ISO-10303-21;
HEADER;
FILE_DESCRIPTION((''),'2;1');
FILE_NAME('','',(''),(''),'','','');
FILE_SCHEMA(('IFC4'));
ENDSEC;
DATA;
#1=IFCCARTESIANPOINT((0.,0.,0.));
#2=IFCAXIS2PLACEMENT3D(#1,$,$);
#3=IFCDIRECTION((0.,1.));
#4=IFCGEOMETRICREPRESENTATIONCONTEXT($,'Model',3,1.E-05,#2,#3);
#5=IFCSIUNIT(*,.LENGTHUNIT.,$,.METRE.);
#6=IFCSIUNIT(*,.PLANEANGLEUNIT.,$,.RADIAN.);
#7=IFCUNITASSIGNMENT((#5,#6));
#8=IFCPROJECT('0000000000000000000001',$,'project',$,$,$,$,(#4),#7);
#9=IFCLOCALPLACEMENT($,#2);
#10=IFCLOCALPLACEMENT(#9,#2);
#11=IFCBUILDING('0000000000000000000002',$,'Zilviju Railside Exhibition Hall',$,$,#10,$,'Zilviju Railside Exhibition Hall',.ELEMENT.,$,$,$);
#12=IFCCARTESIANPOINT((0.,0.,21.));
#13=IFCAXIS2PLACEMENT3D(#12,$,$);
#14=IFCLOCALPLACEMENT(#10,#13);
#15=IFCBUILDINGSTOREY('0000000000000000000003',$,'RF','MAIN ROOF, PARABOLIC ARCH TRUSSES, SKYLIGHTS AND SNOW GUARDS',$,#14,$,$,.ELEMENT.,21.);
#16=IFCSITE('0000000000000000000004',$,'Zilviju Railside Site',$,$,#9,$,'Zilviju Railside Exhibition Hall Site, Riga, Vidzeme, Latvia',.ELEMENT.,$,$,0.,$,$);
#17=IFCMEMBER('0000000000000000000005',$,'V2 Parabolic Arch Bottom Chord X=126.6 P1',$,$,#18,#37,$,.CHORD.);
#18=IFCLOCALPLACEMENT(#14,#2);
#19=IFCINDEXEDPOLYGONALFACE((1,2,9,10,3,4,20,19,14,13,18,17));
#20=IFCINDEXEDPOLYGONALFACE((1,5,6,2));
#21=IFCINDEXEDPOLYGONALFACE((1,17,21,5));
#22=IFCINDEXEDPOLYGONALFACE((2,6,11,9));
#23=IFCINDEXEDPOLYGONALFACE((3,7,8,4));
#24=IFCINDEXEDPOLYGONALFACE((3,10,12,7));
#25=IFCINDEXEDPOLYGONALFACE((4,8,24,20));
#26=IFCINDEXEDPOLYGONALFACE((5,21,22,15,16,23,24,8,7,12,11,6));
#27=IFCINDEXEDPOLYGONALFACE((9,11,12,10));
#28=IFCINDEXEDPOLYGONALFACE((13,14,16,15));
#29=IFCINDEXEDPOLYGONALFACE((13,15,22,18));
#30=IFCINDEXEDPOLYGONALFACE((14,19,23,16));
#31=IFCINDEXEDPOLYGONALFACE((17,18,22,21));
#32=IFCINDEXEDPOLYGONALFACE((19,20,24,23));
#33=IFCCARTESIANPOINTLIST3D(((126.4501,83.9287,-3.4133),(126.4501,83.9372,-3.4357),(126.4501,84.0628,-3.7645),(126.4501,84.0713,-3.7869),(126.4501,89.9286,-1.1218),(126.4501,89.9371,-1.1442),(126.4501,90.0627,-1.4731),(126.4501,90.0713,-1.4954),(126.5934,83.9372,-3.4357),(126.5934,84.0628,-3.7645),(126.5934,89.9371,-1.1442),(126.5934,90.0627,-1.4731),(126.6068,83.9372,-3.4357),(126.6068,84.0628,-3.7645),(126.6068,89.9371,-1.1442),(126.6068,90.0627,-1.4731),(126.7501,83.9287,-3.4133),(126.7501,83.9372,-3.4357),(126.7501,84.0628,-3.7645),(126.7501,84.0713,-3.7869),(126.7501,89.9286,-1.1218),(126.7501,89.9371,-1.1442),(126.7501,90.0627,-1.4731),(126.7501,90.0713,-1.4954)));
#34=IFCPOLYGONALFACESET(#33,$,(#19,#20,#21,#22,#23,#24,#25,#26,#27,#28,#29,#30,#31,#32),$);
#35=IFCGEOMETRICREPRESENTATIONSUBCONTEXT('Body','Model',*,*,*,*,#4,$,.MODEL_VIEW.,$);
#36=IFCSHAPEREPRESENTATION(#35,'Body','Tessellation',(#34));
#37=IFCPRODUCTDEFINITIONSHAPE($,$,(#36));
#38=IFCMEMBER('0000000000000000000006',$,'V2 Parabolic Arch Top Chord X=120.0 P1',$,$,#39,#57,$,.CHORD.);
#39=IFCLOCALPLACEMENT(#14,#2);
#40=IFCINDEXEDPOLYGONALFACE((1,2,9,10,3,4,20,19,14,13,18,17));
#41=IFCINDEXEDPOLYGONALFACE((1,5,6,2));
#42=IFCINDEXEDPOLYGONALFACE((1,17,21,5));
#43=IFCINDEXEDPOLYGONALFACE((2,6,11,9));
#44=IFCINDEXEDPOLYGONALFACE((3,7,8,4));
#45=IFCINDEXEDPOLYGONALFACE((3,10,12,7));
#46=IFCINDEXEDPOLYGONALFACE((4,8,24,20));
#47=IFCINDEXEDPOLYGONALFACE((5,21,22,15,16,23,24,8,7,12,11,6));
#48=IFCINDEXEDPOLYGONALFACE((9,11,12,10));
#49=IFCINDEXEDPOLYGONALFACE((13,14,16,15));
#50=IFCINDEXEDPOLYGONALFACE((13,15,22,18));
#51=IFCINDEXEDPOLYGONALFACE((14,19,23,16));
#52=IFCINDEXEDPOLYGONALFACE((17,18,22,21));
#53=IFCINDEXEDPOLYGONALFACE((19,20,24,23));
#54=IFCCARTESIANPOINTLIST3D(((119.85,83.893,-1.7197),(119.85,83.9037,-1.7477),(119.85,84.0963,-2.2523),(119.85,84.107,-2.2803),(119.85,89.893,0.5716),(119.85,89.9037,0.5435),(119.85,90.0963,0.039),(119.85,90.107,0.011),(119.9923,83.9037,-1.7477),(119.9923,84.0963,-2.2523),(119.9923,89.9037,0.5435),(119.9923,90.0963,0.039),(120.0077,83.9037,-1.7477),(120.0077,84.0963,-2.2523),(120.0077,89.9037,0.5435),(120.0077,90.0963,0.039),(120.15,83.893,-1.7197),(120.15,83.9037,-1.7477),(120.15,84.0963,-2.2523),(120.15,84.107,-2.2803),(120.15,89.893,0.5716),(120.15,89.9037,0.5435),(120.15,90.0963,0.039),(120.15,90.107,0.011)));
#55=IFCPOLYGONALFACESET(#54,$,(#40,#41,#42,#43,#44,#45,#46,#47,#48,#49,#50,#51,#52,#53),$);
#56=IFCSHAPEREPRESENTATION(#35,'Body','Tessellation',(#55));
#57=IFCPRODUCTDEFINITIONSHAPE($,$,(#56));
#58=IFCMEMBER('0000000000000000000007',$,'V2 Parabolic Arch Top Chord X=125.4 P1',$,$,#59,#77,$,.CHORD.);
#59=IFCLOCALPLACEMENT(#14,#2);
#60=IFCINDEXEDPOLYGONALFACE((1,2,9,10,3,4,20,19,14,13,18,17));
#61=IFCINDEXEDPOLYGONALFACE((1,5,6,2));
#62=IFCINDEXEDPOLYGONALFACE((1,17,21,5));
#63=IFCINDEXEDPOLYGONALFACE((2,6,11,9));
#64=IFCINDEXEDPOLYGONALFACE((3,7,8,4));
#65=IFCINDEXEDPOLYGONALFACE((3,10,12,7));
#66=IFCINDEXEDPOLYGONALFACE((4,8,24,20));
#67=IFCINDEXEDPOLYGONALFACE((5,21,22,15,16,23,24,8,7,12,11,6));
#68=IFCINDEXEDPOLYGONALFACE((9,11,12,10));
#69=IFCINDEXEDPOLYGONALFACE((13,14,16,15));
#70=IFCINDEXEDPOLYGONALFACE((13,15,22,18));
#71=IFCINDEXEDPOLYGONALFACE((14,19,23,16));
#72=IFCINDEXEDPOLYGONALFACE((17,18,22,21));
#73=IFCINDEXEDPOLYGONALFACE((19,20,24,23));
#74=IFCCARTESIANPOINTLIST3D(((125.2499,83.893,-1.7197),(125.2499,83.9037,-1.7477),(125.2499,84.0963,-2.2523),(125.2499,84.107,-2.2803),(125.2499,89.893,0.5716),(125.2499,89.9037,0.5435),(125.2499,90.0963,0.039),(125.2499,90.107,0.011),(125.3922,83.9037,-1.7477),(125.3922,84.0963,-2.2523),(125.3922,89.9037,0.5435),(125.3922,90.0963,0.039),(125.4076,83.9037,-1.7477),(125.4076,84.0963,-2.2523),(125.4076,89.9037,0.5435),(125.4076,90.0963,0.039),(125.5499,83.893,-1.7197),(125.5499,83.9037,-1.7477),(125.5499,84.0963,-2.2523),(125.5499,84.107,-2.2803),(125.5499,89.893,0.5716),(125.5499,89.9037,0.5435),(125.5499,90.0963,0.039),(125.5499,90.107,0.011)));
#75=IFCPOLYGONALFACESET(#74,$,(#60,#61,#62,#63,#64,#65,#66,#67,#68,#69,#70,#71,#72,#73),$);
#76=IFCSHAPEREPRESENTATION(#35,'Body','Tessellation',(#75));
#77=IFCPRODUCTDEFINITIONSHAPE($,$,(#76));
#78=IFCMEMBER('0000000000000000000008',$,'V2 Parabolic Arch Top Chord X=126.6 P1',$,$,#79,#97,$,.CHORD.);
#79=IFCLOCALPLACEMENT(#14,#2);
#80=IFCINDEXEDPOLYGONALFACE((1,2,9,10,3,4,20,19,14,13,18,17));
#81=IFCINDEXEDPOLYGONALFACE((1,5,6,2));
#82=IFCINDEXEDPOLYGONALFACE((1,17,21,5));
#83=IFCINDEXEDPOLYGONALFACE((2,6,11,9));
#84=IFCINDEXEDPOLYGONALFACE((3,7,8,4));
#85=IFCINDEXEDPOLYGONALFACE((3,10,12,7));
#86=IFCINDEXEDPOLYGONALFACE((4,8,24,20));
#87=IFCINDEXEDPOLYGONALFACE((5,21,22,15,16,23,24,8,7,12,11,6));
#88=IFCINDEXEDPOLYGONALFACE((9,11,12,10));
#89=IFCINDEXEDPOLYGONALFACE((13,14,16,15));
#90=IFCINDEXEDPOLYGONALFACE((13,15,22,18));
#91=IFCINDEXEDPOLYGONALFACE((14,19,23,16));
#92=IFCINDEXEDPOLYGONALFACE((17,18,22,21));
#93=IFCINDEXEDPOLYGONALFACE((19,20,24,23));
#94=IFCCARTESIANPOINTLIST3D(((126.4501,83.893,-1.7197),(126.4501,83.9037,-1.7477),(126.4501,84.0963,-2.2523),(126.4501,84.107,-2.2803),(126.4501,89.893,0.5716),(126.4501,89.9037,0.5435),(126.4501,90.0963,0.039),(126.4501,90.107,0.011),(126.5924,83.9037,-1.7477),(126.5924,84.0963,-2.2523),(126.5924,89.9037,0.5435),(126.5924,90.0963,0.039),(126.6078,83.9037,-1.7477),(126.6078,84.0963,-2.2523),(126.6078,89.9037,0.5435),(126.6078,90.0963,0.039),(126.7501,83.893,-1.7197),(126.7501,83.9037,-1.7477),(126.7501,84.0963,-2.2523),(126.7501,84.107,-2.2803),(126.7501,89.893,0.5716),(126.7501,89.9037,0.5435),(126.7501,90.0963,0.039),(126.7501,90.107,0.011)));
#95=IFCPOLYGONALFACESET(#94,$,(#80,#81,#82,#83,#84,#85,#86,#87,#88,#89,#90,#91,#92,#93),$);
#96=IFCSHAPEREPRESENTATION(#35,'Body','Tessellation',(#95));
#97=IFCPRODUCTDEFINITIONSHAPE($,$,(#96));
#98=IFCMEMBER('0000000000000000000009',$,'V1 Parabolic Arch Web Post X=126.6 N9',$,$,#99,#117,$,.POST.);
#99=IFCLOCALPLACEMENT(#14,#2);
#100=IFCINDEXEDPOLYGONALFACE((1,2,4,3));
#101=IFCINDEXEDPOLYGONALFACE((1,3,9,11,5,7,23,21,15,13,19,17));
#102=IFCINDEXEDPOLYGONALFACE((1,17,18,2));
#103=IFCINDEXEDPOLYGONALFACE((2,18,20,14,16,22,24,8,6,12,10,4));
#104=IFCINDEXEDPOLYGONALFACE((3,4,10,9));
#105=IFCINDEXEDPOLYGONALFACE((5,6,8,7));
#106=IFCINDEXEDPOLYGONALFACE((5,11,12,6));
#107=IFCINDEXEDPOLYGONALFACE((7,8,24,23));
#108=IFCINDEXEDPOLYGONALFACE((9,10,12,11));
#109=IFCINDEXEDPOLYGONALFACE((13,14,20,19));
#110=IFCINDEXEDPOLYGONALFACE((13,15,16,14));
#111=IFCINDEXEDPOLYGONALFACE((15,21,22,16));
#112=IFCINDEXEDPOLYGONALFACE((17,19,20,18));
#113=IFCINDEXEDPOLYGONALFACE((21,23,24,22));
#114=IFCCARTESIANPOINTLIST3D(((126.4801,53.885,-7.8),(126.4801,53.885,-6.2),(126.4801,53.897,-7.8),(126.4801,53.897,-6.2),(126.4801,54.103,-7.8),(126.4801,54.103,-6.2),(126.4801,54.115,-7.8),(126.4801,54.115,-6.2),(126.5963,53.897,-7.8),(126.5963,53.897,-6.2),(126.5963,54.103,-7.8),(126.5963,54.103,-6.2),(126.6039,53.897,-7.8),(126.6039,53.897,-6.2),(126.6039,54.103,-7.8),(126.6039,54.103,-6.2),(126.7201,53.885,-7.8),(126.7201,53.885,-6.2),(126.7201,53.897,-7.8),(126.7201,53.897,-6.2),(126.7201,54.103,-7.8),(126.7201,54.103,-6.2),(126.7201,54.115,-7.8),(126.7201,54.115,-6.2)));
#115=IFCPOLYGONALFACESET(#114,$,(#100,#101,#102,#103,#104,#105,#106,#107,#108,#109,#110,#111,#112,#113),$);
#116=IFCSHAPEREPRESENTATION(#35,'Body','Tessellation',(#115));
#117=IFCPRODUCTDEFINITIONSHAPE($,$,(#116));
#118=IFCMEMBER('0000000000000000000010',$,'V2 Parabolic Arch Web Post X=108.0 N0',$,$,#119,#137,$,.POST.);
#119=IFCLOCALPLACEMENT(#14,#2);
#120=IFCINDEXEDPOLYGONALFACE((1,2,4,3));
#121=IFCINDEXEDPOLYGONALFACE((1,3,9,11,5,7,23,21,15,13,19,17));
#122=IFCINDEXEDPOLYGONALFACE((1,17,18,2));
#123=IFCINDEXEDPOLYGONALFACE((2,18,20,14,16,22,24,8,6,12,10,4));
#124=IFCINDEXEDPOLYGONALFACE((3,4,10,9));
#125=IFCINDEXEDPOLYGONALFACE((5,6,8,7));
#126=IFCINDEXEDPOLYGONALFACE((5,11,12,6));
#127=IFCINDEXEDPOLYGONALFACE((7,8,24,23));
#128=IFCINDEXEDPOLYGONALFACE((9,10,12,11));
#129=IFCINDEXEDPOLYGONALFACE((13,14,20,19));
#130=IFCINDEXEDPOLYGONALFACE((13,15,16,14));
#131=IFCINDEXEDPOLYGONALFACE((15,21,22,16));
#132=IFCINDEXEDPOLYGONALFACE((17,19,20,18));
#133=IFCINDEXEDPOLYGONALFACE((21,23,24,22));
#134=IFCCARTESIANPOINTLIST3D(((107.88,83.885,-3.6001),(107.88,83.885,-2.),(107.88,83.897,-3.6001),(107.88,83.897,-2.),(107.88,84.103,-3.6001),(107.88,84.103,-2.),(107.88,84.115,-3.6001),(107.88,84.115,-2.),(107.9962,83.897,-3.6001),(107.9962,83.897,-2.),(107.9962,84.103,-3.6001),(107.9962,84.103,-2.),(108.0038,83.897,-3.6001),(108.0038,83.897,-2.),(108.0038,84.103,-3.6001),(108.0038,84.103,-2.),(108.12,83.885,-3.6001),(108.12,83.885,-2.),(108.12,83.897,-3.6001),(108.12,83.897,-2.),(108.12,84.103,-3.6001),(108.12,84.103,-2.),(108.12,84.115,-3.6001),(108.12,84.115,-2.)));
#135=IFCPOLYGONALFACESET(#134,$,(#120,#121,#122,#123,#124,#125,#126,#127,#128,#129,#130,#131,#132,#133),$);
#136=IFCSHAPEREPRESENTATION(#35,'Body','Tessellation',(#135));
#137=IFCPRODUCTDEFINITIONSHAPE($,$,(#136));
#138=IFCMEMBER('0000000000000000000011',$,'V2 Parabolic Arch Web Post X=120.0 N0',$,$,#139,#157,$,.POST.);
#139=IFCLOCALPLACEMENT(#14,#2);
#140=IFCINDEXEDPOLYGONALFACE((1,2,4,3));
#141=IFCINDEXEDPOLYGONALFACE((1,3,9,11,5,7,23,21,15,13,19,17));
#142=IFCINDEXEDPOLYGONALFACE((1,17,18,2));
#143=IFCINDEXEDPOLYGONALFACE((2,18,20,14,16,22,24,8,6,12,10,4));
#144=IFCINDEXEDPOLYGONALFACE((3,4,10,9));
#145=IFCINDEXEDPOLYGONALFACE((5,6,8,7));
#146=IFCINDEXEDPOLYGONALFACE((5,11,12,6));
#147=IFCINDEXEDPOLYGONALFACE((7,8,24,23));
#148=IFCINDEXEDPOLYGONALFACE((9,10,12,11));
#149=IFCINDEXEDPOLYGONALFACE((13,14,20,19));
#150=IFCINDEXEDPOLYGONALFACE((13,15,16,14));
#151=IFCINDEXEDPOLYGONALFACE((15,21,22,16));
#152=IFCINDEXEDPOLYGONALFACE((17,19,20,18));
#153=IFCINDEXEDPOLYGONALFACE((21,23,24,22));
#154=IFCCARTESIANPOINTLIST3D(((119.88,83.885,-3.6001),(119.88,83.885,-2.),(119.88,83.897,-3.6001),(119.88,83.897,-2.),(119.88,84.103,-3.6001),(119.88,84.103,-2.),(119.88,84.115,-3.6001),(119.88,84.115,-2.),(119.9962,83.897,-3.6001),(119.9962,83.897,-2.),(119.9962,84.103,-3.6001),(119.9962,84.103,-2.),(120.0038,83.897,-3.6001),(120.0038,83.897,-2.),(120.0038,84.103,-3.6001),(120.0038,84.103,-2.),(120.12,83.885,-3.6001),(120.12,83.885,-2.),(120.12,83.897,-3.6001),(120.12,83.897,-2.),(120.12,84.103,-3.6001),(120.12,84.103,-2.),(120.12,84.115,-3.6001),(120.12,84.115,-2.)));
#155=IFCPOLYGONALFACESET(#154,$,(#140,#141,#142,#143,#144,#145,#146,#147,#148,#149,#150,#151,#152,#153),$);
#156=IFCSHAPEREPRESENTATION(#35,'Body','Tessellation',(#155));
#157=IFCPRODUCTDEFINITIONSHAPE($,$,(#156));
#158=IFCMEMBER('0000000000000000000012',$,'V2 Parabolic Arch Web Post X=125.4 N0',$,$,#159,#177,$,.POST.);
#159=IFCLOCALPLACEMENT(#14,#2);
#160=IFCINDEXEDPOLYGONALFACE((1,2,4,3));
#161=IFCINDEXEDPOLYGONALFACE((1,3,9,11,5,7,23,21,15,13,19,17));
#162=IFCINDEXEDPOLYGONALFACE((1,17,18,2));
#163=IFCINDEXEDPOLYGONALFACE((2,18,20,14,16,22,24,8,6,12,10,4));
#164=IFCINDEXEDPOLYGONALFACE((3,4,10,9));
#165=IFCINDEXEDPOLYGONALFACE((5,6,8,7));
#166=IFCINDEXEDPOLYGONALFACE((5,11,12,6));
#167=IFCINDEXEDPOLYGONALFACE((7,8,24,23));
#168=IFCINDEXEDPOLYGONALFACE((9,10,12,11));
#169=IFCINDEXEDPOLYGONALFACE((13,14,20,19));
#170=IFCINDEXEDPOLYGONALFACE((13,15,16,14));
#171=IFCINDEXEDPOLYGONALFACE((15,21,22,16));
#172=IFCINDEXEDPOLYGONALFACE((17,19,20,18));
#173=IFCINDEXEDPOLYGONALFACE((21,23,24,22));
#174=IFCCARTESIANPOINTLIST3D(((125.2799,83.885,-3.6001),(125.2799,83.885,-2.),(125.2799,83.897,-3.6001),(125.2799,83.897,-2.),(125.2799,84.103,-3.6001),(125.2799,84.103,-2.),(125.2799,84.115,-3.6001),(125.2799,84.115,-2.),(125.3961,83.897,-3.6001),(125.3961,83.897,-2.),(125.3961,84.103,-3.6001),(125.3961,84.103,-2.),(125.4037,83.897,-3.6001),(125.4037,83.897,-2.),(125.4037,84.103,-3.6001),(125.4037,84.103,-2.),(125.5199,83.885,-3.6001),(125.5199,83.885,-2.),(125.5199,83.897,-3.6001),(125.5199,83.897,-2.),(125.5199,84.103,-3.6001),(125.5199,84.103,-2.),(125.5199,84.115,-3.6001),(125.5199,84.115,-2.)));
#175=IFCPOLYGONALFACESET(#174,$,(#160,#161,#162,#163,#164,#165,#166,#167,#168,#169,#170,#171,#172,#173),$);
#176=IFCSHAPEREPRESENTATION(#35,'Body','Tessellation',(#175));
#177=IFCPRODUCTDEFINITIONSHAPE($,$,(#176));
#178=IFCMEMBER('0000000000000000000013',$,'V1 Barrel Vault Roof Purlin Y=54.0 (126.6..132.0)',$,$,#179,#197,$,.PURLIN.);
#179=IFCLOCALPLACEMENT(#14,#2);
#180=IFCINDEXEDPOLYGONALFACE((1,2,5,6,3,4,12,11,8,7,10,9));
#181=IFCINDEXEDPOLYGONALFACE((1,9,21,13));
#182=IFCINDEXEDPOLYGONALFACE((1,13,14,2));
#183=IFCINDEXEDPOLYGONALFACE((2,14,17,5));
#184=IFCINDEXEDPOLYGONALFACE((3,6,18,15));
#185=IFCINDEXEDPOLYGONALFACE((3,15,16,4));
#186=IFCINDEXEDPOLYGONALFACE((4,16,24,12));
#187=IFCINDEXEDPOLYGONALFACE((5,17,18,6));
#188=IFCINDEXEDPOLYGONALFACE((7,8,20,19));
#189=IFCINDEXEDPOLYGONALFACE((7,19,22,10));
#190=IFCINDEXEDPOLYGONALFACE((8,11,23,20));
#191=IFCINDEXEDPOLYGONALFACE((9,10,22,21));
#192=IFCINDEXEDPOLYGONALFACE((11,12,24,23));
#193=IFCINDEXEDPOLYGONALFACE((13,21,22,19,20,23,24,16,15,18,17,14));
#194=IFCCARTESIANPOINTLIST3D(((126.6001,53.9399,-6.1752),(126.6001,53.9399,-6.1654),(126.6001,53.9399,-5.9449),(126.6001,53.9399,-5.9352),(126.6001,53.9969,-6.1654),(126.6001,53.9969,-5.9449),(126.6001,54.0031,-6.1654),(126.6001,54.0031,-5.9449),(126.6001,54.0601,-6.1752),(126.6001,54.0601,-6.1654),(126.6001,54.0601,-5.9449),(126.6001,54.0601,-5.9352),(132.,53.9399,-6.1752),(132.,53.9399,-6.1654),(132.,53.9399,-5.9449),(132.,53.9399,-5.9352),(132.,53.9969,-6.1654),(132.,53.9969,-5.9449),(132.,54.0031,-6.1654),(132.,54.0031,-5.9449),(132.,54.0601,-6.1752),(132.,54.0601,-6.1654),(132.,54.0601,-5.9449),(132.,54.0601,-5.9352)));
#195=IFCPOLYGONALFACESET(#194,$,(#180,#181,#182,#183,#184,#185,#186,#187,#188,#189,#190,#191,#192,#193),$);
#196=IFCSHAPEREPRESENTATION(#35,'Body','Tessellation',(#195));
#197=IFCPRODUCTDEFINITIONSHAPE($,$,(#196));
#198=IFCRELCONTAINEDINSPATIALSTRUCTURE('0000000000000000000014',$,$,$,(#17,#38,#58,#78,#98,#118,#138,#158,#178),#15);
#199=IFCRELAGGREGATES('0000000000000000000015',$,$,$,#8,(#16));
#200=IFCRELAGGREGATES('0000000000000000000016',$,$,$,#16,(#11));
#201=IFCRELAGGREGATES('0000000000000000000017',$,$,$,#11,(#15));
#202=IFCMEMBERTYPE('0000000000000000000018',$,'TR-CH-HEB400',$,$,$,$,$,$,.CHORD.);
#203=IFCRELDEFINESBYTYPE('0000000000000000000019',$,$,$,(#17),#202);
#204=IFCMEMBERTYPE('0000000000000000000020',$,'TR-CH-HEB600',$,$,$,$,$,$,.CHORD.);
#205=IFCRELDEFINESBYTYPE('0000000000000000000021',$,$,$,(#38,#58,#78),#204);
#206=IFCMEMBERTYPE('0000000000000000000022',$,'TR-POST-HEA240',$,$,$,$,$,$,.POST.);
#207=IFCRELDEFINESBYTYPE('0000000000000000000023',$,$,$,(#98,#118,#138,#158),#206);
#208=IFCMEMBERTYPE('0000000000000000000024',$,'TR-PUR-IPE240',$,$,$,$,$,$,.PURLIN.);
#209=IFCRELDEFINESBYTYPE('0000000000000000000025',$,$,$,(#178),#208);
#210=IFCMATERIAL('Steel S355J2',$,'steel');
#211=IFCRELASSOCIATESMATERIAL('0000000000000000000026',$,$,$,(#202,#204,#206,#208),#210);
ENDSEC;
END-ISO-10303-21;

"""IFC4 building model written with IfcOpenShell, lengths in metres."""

from ifc_helpers import new_model, si_unit, direction, frame, origin, origin_2d, place, context, subcontext, project, spatial, i_section, extrude, material, material_profile, profile_set, type_object, element, save


model = new_model("IFC4")

# Units and contexts
model_context = context("Model", 3, precision=1e-05, world=origin(), true_north=direction((0.0, 1.0)))
body_context = subcontext(model_context, "Body", "Model", "MODEL_VIEW")
ifc_project = project(units=[si_unit("LENGTHUNIT", "METRE"), si_unit("PLANEANGLEUNIT", "RADIAN")], contexts=[model_context])

# Site, building, storey
site_placement = place(None, origin())
site = spatial("IfcSite", under=ifc_project, at=site_placement, Name="Zilviju Railside Site", LongName="Zilviju Railside Exhibition Hall Site, Riga, Vidzeme, Latvia", CompositionType="ELEMENT", RefElevation=0.0)
building_placement = place(site_placement, origin())
building = spatial("IfcBuilding", under=site, at=building_placement, Name="Zilviju Railside Exhibition Hall", LongName="Zilviju Railside Exhibition Hall", CompositionType="ELEMENT")
storey_placement = place(building_placement, frame((0.0, 0.0, 21.0)))
storey = spatial("IfcBuildingStorey", under=building, at=storey_placement, Name="RF", Description="MAIN ROOF, PARABOLIC ARCH TRUSSES, SKYLIGHTS AND SNOW GUARDS", CompositionType="ELEMENT", Elevation=21.0)

# Members
ifc_material_1 = material(Name="Steel S355J2", Category="steel")
ifc_material_profile_1 = material_profile(ifc_material_1, i_section(OverallWidth=0.3, OverallDepth=0.3999, WebThickness=0.0134, FlangeThickness=0.0239, at=origin_2d()), Name="HEB 400")
ifc_profile_set_1 = profile_set([ifc_material_profile_1], Name="Steel S355J2")
member_type_1 = type_object("IfcMemberType", Name="TR-CH-HEB400", PredefinedType="CHORD", material=ifc_profile_set_1)
for number, where, z_axis, x_axis, name in (
    (1, (126.6001, 84.0, -3.6001), (0.0, 0.934188, 0.356782), (-1.0, 0.0, 0.0), "V2 Parabolic Arch Bottom Chord X=126.6 P1"),
):
    element("IfcMember", number, at=place(storey_placement, frame(where, z_axis=z_axis, x_axis=x_axis)), inside=storey, type_object=member_type_1, Name=name, PredefinedType="CHORD", context=body_context, shape_type="SweptSolid", body=[
        extrude(i_section(OverallWidth=0.3, OverallDepth=0.3999, WebThickness=0.0134, FlangeThickness=0.0239, at=origin_2d()), origin(), (0.0, 0.0, 1.0), 6.4226),
    ])
ifc_material_profile_2 = material_profile(ifc_material_1, i_section(OverallWidth=0.3, OverallDepth=0.6001, WebThickness=0.0154, FlangeThickness=0.03, at=origin_2d()), Name="HEB 600")
ifc_profile_set_2 = profile_set([ifc_material_profile_2], Name="Steel S355J2")
member_type_2 = type_object("IfcMemberType", Name="TR-CH-HEB600", PredefinedType="CHORD", material=ifc_profile_set_2)
for number, where, z_axis, x_axis, name in (
    (2, (120.0, 84.0, -2.0), (0.0, 0.9342, 0.356749), (-1.0, 0.0, 0.0), "V2 Parabolic Arch Top Chord X=120.0 P1"),
    (3, (125.3999, 84.0, -2.0), (0.0, 0.9342, 0.356749), (-1.0, 0.0, 0.0), "V2 Parabolic Arch Top Chord X=125.4 P1"),
    (4, (126.6001, 84.0, -2.0), (0.0, 0.9342, 0.356749), (-1.0, 0.0, 0.0), "V2 Parabolic Arch Top Chord X=126.6 P1"),
):
    element("IfcMember", number, at=place(storey_placement, frame(where, z_axis=z_axis, x_axis=x_axis)), inside=storey, type_object=member_type_2, Name=name, PredefinedType="CHORD", context=body_context, shape_type="SweptSolid", body=[
        extrude(i_section(OverallWidth=0.3, OverallDepth=0.6001, WebThickness=0.0154, FlangeThickness=0.03, at=origin_2d()), origin(), (0.0, 0.0, 1.0), 6.4226),
    ])
ifc_material_profile_3 = material_profile(ifc_material_1, i_section(OverallWidth=0.24, OverallDepth=0.23, WebThickness=0.0076, FlangeThickness=0.012, at=origin_2d()), Name="HEA 240")
ifc_profile_set_3 = profile_set([ifc_material_profile_3], Name="Steel S355J2")
member_type_3 = type_object("IfcMemberType", Name="TR-POST-HEA240", PredefinedType="POST", material=ifc_profile_set_3)
for number, where, z_axis, x_axis, name in (
    (5, (126.6001, 54.0, -7.8), (0.0, 0.0, 1.0), (1.0, 0.0, 0.0), "V1 Parabolic Arch Web Post X=126.6 N9"),
    (6, (108.0, 84.0, -3.6001), (0.0, 0.0, 1.0), (1.0, 0.0, 0.0), "V2 Parabolic Arch Web Post X=108.0 N0"),
    (7, (120.0, 84.0, -3.6001), (0.0, 0.0, 1.0), (1.0, 0.0, 0.0), "V2 Parabolic Arch Web Post X=120.0 N0"),
    (8, (125.3999, 84.0, -3.6001), (0.0, 0.0, 1.0), (1.0, 0.0, 0.0), "V2 Parabolic Arch Web Post X=125.4 N0"),
):
    element("IfcMember", number, at=place(storey_placement, frame(where, z_axis=z_axis, x_axis=x_axis)), inside=storey, type_object=member_type_3, Name=name, PredefinedType="POST", context=body_context, shape_type="SweptSolid", body=[
        extrude(i_section(OverallWidth=0.24, OverallDepth=0.23, WebThickness=0.0076, FlangeThickness=0.012, at=origin_2d()), origin(), (0.0, 0.0, 1.0), 1.6001),
    ])
ifc_material_profile_4 = material_profile(ifc_material_1, i_section(OverallWidth=0.1201, OverallDepth=0.24, WebThickness=0.0061, FlangeThickness=0.0098, at=origin_2d()), Name="IPE 240")
ifc_profile_set_4 = profile_set([ifc_material_profile_4], Name="Steel S355J2")
member_type_4 = type_object("IfcMemberType", Name="TR-PUR-IPE240", PredefinedType="PURLIN", material=ifc_profile_set_4)
for number, where, z_axis, x_axis, name in (
    (9, (126.6001, 54.0, -6.0552), (1.0, 0.0, 0.0), (0.0, 1.0, 0.0), "V1 Barrel Vault Roof Purlin Y=54.0 (126.6..132.0)"),
):
    element("IfcMember", number, at=place(storey_placement, frame(where, z_axis=z_axis, x_axis=x_axis)), inside=storey, type_object=member_type_4, Name=name, PredefinedType="PURLIN", context=body_context, shape_type="SweptSolid", body=[
        extrude(i_section(OverallWidth=0.1201, OverallDepth=0.24, WebThickness=0.0061, FlangeThickness=0.0098, at=origin_2d()), origin(), (0.0, 0.0, 1.0), 5.3999),
    ])

save(model, "model.ifc")
